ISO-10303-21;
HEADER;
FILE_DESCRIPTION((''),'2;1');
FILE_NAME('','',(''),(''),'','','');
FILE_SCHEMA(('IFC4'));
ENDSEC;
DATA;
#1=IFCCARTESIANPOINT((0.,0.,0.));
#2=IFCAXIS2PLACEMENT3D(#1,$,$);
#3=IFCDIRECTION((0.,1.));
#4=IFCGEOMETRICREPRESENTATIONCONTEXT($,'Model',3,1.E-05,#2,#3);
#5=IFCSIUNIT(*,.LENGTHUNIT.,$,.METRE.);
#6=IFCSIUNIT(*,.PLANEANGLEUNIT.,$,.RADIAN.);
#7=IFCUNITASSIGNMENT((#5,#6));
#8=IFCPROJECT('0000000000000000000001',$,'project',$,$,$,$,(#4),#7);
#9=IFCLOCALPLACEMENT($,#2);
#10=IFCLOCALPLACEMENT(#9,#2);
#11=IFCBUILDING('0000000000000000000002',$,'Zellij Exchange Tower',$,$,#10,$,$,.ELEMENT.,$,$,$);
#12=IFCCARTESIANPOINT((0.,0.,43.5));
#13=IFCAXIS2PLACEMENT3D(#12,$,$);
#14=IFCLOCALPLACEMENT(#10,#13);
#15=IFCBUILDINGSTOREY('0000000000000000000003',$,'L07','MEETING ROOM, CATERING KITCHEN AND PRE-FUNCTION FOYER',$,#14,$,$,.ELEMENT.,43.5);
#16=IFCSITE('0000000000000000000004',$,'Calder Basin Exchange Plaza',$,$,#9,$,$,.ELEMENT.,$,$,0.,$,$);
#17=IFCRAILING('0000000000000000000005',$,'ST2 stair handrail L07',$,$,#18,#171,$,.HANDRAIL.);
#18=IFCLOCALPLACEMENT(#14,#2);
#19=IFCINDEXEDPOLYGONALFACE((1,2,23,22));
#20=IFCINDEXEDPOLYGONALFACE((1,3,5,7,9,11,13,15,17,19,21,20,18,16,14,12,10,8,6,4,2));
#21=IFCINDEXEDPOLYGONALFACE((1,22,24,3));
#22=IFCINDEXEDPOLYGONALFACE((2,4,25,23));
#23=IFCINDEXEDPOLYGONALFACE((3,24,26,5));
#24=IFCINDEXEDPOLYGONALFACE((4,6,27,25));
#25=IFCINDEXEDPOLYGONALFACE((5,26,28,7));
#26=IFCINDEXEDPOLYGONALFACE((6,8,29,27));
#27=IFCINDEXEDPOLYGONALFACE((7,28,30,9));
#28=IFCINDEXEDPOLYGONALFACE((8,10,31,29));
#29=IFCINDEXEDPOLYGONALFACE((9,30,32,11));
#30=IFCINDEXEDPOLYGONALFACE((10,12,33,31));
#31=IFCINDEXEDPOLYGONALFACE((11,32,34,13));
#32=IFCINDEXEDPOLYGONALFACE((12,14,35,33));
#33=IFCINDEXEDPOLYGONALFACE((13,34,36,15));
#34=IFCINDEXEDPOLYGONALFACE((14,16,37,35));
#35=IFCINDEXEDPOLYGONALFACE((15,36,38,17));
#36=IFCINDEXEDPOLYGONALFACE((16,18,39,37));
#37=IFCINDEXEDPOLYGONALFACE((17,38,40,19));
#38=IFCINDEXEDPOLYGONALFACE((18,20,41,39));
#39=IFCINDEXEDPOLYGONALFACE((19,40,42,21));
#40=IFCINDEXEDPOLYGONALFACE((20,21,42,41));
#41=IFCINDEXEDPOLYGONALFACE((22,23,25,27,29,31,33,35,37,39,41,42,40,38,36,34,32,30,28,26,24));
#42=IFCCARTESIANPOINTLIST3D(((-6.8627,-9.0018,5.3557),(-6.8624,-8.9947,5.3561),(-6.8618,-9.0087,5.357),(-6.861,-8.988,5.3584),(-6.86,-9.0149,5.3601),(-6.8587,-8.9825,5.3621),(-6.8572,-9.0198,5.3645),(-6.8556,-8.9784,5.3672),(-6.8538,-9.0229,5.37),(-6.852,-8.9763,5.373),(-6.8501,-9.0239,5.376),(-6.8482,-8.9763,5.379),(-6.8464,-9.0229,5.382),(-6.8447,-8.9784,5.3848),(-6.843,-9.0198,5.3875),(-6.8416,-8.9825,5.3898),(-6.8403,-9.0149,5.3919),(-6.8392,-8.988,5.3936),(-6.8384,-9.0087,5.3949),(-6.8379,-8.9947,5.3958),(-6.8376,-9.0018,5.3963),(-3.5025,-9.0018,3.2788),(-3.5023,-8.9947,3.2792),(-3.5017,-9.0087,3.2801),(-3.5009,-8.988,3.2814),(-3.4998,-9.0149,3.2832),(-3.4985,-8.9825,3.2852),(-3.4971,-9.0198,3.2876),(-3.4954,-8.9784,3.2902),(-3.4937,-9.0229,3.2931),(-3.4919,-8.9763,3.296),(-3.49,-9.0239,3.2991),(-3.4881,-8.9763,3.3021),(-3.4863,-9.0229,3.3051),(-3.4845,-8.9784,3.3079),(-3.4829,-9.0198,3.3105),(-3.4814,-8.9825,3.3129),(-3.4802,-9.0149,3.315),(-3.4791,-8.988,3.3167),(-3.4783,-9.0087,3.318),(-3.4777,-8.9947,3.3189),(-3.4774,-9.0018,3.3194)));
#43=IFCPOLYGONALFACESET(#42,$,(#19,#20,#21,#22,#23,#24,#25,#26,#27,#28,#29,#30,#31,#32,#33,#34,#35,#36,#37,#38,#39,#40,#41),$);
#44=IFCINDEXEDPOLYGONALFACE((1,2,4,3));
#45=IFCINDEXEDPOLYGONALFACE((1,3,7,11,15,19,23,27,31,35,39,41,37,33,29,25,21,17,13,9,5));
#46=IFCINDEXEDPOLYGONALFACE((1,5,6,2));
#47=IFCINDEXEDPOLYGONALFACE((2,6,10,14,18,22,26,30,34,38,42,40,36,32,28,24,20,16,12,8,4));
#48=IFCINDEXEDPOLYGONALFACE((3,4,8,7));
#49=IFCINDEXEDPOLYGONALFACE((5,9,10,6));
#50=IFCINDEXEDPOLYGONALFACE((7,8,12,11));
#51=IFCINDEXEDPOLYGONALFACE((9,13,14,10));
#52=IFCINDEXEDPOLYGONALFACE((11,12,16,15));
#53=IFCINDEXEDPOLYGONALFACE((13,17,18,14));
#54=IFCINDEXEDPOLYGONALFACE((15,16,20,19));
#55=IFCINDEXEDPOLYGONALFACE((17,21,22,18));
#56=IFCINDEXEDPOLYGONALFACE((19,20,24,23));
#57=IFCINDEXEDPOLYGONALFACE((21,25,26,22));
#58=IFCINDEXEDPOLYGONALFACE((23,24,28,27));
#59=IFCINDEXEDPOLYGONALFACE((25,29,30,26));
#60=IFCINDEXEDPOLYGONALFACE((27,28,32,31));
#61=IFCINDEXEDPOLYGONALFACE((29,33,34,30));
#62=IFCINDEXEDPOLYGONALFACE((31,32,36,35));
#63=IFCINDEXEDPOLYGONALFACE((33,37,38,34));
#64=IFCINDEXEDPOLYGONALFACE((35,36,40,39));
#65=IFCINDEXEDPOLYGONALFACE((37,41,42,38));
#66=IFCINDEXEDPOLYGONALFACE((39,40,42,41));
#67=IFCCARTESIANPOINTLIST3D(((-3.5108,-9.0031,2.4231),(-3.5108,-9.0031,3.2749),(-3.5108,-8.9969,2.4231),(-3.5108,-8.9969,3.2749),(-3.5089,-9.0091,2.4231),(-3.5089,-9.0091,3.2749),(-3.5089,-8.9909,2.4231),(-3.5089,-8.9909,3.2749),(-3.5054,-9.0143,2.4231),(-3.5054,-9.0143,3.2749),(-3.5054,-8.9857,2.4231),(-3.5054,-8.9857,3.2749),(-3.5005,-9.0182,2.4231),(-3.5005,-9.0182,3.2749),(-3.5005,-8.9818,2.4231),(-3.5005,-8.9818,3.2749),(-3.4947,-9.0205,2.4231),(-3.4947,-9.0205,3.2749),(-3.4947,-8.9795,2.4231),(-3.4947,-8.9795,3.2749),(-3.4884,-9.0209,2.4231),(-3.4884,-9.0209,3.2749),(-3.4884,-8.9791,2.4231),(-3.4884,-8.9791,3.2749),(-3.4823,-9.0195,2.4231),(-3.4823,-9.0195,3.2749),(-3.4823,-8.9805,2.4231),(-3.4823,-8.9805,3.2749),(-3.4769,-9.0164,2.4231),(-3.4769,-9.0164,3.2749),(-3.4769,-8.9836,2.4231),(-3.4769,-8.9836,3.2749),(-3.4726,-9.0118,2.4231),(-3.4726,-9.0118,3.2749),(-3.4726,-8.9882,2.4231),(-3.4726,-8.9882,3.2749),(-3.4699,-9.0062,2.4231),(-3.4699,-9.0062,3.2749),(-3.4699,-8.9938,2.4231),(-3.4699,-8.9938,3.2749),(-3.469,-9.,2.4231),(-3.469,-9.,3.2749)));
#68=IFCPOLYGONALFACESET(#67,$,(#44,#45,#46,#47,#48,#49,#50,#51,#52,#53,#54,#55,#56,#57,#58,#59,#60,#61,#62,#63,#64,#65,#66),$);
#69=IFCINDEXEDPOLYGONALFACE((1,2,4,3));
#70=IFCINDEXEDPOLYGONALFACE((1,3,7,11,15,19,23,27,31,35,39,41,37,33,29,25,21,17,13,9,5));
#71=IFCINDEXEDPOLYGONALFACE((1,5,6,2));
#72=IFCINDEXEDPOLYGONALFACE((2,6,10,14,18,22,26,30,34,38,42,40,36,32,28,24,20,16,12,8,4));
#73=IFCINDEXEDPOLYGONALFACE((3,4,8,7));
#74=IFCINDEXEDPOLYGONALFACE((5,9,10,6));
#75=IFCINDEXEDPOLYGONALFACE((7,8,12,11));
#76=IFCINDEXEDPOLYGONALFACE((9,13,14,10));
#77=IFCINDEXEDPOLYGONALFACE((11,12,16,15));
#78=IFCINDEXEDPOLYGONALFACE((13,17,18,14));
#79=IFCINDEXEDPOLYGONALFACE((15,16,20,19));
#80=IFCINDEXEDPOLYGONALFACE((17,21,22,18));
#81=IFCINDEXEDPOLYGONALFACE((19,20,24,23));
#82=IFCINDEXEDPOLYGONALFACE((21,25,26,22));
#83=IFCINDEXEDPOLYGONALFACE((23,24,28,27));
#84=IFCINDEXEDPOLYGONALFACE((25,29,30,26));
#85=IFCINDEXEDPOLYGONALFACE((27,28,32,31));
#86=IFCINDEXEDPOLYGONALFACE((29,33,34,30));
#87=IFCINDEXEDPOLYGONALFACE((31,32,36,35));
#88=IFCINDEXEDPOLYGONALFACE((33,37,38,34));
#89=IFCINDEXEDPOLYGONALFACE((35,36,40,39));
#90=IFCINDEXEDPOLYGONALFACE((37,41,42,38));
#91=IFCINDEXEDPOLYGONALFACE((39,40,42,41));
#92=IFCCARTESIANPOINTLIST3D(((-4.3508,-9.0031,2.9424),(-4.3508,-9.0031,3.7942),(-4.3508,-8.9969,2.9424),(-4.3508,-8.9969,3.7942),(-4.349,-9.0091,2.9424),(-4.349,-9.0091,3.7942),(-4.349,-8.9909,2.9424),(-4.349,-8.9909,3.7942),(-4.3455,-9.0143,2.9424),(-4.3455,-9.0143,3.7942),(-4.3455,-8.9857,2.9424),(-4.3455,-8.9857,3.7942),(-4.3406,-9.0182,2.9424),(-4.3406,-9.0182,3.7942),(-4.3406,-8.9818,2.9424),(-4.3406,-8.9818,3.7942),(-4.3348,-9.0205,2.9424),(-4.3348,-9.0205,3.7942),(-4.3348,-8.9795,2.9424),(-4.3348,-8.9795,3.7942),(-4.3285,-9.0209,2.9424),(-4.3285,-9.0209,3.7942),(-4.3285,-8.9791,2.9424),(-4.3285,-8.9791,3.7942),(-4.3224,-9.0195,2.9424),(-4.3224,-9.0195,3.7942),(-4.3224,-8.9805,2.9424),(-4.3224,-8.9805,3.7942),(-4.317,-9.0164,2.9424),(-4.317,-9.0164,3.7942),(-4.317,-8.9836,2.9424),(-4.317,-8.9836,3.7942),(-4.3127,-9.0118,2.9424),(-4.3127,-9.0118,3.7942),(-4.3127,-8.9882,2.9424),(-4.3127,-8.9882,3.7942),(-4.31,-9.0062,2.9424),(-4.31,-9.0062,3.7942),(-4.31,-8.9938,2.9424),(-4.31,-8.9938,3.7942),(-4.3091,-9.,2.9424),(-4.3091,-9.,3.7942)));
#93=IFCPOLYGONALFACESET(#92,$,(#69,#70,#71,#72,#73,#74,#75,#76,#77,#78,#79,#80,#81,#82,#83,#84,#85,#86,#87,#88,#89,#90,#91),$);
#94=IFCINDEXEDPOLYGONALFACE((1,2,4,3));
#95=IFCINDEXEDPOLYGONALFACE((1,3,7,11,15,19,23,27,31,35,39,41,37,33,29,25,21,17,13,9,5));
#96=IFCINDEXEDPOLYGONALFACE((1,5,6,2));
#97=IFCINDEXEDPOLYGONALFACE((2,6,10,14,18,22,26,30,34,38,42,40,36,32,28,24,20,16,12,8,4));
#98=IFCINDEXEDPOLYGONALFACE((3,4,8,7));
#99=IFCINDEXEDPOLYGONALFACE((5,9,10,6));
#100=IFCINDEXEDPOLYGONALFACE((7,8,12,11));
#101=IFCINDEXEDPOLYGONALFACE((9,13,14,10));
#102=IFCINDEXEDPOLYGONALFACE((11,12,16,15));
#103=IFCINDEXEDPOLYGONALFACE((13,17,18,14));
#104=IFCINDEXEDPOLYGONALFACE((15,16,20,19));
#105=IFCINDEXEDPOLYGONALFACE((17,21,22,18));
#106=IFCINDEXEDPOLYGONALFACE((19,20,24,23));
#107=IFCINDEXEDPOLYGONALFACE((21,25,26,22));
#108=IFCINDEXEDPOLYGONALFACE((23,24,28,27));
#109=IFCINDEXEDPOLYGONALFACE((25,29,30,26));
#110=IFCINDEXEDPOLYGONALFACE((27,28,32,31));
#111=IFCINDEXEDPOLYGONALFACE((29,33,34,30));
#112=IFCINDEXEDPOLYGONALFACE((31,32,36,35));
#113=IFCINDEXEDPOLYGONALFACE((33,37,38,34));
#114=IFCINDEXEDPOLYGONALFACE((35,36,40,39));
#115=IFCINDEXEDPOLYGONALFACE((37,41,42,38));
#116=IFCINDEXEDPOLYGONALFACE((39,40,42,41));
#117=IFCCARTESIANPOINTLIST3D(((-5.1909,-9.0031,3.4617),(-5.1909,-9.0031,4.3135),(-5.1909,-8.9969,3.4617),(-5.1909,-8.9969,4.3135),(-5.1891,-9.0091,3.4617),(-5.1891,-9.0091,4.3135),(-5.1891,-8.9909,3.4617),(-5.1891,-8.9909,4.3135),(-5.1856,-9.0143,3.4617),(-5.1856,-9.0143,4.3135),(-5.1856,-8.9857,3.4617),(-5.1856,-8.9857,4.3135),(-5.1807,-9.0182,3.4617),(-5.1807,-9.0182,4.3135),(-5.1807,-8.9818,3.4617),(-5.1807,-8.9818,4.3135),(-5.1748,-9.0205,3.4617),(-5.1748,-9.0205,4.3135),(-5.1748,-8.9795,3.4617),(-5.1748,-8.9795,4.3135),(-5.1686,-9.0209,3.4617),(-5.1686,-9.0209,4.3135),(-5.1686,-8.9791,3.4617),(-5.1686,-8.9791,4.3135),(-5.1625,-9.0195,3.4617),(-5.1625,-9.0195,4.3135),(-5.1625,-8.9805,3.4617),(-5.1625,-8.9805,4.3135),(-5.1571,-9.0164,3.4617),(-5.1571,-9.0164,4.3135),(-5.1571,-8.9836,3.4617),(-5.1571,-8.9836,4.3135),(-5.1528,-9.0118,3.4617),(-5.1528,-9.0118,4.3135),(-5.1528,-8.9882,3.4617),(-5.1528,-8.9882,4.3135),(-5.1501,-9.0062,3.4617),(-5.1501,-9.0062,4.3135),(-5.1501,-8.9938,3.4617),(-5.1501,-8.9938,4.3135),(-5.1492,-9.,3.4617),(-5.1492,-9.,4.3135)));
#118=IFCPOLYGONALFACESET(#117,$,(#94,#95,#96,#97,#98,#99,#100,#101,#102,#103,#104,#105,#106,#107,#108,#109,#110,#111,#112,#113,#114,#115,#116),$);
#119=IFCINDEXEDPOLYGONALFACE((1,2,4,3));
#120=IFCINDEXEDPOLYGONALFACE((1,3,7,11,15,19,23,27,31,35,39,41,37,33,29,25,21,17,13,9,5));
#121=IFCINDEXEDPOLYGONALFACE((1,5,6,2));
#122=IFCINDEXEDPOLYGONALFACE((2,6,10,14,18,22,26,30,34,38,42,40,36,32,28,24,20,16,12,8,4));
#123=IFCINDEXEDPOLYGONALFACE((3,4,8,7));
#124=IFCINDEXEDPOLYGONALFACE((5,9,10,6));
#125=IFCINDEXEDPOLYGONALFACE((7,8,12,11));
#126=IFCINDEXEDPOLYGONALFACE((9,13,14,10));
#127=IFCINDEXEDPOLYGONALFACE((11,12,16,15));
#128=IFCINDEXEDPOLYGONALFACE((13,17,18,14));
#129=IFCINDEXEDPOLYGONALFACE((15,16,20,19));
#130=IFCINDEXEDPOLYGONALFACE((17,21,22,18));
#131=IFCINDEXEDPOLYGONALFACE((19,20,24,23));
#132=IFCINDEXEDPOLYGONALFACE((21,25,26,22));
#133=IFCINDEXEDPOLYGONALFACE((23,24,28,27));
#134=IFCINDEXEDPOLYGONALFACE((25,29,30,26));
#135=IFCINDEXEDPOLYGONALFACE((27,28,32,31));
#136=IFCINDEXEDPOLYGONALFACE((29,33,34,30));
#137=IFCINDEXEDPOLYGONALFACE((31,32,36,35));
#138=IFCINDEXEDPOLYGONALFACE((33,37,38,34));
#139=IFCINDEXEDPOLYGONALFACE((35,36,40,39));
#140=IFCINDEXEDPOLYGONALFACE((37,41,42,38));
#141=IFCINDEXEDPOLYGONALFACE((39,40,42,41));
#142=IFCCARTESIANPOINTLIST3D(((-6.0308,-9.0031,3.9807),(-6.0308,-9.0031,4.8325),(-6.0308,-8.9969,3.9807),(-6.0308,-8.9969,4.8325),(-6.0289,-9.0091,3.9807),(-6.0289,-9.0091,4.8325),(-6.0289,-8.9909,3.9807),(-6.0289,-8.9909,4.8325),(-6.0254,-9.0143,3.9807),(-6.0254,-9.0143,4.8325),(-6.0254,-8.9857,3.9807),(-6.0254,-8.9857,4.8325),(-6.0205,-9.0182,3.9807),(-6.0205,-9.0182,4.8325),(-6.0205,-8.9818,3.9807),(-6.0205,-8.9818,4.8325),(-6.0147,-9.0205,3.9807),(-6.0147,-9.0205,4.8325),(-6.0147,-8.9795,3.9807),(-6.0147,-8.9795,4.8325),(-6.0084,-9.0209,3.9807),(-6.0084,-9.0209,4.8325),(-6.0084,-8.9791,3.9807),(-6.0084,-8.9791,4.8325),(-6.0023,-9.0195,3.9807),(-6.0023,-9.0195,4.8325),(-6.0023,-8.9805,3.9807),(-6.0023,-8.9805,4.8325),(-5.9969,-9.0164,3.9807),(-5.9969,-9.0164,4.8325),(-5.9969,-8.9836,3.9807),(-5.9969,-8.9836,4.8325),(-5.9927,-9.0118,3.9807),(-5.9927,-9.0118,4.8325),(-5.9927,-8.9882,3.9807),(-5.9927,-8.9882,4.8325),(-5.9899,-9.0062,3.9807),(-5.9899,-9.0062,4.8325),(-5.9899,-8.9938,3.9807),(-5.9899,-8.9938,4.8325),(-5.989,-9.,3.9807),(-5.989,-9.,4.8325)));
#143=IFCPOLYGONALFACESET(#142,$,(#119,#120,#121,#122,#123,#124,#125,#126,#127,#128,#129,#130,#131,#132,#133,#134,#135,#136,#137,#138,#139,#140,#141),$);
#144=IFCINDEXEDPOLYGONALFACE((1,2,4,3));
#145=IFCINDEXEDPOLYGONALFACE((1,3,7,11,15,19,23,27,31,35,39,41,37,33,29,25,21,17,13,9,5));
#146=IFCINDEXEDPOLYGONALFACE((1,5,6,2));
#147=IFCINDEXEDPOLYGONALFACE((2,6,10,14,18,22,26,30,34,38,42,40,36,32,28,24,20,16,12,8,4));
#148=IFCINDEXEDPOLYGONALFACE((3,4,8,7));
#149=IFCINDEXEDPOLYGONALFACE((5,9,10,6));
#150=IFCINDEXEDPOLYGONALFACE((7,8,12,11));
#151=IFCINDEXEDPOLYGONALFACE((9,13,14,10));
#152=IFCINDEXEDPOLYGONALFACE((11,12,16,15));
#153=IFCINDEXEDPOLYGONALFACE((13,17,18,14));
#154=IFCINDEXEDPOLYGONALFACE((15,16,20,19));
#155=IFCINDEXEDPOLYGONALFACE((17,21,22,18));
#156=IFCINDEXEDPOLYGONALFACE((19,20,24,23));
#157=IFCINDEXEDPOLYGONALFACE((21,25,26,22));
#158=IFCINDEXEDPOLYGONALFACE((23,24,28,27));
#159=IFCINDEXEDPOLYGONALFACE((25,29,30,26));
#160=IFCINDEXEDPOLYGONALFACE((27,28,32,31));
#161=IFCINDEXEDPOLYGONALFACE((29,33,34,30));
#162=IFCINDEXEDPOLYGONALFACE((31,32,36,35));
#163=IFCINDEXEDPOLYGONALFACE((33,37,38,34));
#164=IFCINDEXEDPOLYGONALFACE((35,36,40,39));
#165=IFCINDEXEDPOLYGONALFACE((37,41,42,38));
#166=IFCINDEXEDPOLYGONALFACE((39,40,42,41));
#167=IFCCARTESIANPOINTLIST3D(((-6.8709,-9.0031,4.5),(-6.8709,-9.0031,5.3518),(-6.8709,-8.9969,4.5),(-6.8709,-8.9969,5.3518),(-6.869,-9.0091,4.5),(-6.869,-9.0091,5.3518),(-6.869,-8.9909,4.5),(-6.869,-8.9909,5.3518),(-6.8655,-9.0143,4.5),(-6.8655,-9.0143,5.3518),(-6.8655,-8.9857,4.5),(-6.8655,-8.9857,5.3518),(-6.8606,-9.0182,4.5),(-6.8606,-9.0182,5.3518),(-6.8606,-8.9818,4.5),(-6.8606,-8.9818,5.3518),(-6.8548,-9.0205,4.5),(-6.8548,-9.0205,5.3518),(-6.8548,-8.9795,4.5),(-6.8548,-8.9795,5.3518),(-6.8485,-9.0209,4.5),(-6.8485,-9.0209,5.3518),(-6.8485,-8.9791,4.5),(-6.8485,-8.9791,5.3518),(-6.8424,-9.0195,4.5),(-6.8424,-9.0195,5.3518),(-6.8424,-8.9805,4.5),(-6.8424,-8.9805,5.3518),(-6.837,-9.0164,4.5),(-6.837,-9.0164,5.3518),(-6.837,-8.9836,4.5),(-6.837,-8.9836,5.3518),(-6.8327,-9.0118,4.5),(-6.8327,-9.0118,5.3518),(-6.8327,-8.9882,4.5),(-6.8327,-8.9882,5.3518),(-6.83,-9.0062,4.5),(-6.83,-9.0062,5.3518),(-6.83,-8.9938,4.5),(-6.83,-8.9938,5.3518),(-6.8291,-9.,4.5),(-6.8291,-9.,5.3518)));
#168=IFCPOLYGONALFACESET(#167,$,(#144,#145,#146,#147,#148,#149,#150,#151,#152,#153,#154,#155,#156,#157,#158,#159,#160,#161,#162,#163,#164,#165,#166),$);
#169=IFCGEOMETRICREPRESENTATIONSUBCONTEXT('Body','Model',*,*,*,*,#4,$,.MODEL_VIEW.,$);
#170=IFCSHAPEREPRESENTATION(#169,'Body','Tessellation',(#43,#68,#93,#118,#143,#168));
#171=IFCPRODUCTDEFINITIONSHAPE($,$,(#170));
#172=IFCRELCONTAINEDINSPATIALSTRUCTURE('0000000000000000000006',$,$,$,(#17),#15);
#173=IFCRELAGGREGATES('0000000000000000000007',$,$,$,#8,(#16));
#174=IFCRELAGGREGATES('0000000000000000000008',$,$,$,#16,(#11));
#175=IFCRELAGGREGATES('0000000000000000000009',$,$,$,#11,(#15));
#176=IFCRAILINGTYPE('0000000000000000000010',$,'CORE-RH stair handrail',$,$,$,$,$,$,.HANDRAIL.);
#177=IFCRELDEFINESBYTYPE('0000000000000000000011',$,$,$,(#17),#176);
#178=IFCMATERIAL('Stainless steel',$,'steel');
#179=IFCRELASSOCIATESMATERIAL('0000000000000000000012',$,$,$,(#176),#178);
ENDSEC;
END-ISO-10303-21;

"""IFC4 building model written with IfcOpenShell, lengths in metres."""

from ifc_helpers import new_model, si_unit, direction, frame, origin, origin_2d, place, context, subcontext, project, spatial, circle, extrude, material, type_object, element, save


model = new_model("IFC4")

# Units and contexts
model_context = context("Model", 3, precision=1e-05, world=origin(), true_north=direction((0.0, 1.0)))
body_context = subcontext(model_context, "Body", "Model", "MODEL_VIEW")
ifc_project = project(units=[si_unit("LENGTHUNIT", "METRE"), si_unit("PLANEANGLEUNIT", "RADIAN")], contexts=[model_context])

# Site, building, storey
site_placement = place(None, origin())
site = spatial("IfcSite", under=ifc_project, at=site_placement, Name="Calder Basin Exchange Plaza", CompositionType="ELEMENT", RefElevation=0.0)
building_placement = place(site_placement, origin())
building = spatial("IfcBuilding", under=site, at=building_placement, Name="Zellij Exchange Tower", CompositionType="ELEMENT")
storey_placement = place(building_placement, frame((0.0, 0.0, 43.5)))
storey = spatial("IfcBuildingStorey", under=building, at=storey_placement, Name="L07", Description="MEETING ROOM, CATERING KITCHEN AND PRE-FUNCTION FOYER", CompositionType="ELEMENT", Elevation=43.5)

# Railing
ifc_material_1 = material(Name="Stainless steel", Category="steel")
railing_type_1 = type_object("IfcRailingType", Name="CORE-RH stair handrail", PredefinedType="HANDRAIL", material=ifc_material_1)
for number, where, name in (
    (1, (-3.49, -9.0, 2.4231), "ST2 stair handrail L07"),
):
    element("IfcRailing", number, at=place(storey_placement, frame(where)), inside=storey, type_object=railing_type_1, Name=name, PredefinedType="HANDRAIL", context=body_context, shape_type="SweptSolid", body=[
        extrude(circle(Radius=0.0239, at=origin_2d()), frame((0.0, 0.0, 0.876), z_axis=(-0.850623, 0.0, 0.525776), x_axis=(0.0, -1.0, 0.0)), (0.0, 0.0, 1.0), 3.9502),
        extrude(circle(Radius=0.021, at=origin_2d()), origin(), (0.0, 0.0, 1.0), 0.8518),
        extrude(circle(Radius=0.021, at=origin_2d()), frame((-0.8401, 0.0, 0.5193)), (0.0, 0.0, 1.0), 0.8518),
        extrude(circle(Radius=0.021, at=origin_2d()), frame((-1.6802, 0.0, 1.0386)), (0.0, 0.0, 1.0), 0.8518),
        extrude(circle(Radius=0.021, at=origin_2d()), frame((-2.52, 0.0, 1.5576)), (0.0, 0.0, 1.0), 0.8518),
        extrude(circle(Radius=0.021, at=origin_2d()), frame((-3.3601, 0.0, 2.0769)), (0.0, 0.0, 1.0), 0.8518),
    ])

save(model, "model.ifc")
